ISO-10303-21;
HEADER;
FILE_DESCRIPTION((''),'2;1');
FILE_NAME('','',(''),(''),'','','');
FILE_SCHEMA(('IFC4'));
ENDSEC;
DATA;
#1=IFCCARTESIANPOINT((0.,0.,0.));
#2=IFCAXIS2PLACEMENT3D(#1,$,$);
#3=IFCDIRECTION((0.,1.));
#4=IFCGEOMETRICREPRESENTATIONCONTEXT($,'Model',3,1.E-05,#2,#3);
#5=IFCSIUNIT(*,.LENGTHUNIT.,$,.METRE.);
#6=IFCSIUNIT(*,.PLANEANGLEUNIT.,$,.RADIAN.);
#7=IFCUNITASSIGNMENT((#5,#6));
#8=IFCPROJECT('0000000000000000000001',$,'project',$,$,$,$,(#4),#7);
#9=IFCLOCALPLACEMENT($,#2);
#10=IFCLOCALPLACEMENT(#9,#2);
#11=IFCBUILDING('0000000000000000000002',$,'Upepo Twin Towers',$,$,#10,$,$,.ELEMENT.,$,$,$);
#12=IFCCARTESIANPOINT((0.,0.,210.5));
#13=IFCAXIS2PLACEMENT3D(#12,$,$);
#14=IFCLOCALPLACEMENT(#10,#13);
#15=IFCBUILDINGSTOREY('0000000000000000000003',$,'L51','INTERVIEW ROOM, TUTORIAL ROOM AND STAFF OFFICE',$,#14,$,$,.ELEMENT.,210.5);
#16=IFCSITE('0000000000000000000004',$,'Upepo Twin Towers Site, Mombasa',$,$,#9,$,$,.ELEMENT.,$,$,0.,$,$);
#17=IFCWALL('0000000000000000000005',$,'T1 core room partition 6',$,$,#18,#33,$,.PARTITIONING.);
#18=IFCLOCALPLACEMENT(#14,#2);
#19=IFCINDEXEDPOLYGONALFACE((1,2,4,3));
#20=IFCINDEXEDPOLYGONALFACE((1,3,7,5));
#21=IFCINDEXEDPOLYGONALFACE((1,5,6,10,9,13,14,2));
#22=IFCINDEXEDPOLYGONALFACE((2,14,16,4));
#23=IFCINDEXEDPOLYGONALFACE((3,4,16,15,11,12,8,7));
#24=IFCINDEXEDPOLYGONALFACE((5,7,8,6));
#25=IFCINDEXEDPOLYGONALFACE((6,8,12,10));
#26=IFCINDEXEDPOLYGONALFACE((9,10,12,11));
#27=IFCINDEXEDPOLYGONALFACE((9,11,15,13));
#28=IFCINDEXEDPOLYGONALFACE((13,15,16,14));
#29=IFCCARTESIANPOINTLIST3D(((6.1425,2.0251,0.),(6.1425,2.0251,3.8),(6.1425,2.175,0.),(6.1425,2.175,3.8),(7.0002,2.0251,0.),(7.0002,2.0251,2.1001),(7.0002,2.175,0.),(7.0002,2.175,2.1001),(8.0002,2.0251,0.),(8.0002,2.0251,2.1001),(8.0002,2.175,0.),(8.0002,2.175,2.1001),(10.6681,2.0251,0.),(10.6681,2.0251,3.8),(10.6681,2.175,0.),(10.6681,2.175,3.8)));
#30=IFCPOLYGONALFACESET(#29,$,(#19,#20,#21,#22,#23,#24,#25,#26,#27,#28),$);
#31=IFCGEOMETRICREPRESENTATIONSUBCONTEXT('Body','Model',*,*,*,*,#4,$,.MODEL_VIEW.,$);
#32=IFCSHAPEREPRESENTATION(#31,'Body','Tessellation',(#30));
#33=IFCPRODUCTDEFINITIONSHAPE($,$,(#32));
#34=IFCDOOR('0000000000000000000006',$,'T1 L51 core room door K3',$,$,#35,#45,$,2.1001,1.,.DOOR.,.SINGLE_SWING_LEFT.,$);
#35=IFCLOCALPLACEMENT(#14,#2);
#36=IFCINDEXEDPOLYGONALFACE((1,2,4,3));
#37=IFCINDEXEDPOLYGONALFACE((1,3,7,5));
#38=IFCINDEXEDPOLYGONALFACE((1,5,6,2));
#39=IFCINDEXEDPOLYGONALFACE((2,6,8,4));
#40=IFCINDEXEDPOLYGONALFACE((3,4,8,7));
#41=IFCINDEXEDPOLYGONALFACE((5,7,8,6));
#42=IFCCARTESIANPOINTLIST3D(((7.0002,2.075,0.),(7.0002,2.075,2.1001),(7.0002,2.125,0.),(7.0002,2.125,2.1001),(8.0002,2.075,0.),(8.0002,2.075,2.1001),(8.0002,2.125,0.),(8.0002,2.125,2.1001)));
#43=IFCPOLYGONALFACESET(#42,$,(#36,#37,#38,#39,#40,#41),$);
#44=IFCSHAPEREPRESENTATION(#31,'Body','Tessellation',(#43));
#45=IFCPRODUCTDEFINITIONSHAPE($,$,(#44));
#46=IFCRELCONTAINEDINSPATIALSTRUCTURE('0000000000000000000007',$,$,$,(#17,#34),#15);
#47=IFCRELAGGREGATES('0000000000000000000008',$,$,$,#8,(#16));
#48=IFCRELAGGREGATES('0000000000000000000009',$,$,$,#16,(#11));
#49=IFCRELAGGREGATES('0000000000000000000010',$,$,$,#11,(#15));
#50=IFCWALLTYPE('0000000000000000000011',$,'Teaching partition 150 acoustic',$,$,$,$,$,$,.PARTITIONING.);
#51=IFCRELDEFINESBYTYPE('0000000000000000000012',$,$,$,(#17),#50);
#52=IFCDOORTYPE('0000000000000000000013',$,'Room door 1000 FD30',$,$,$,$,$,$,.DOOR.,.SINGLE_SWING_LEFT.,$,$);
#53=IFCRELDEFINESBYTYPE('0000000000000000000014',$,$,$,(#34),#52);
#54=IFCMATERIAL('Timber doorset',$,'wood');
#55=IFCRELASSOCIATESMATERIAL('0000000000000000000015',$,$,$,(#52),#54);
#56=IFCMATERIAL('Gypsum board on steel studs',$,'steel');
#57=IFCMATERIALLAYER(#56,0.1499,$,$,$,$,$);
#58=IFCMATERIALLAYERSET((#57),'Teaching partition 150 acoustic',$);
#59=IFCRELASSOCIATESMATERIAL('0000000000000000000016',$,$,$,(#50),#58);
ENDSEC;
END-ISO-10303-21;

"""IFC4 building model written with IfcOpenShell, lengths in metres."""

from ifc_helpers import new_model, si_unit, direction, frame, frame_2d, origin, place, context, subcontext, project, spatial, rectangle, extrude, material, layer, layer_set, type_object, element, fill, save


model = new_model("IFC4")

# Units and contexts
model_context = context("Model", 3, precision=1e-05, world=origin(), true_north=direction((0.0, 1.0)))
body_context = subcontext(model_context, "Body", "Model", "MODEL_VIEW")
ifc_project = project(units=[si_unit("LENGTHUNIT", "METRE"), si_unit("PLANEANGLEUNIT", "RADIAN")], contexts=[model_context])

# Site, building, storey
site_placement = place(None, origin())
site = spatial("IfcSite", under=ifc_project, at=site_placement, Name="Upepo Twin Towers Site, Mombasa", CompositionType="ELEMENT", RefElevation=0.0)
building_placement = place(site_placement, origin())
building = spatial("IfcBuilding", under=site, at=building_placement, Name="Upepo Twin Towers", CompositionType="ELEMENT")
storey_placement = place(building_placement, frame((0.0, 0.0, 210.5)))
storey = spatial("IfcBuildingStorey", under=building, at=storey_placement, Name="L51", Description="INTERVIEW ROOM, TUTORIAL ROOM AND STAFF OFFICE", CompositionType="ELEMENT", Elevation=210.5)

# Shared definitions
ifc_material_1 = material(Name="Timber doorset", Category="wood")
door_type_1 = type_object("IfcDoorType", Name="Room door 1000 FD30", OperationType="SINGLE_SWING_LEFT", PredefinedType="DOOR", material=ifc_material_1)

# Shared definitions
ifc_material_2 = material(Name="Gypsum board on steel studs", Category="steel")
ifc_layer_1 = layer(ifc_material_2, 0.1499)
ifc_layer_set_1 = layer_set([ifc_layer_1], Name="Teaching partition 150 acoustic")
wall_type_1 = type_object("IfcWallType", Name="Teaching partition 150 acoustic", PredefinedType="PARTITIONING", material=ifc_layer_set_1)

# Wall, opening, door
wall_1_placement = place(storey_placement, frame((6.1426, 2.1001, 0.0), z_axis=(0.0, 0.0, 1.0), x_axis=(1.0, 0.0, 0.0)))
wall_1 = element("IfcWall", 1, at=wall_1_placement, inside=storey, type_object=wall_type_1, Name="T1 core room partition 6", PredefinedType="PARTITIONING", context=body_context, shape_type="SweptSolid", body=[
    extrude(rectangle(XDim=4.5256, YDim=0.1499, at=frame_2d((2.2627, 0.0))), origin(), (0.0, 0.0, 1.0), 3.8),
])
opening_1_placement = place(wall_1_placement, frame((0.8577, 0.0, 0.0)))
opening_1 = element("IfcOpeningElement", 2, at=opening_1_placement, cuts=wall_1, PredefinedType="OPENING", context=body_context, shape_type="SweptSolid", body=[
    extrude(rectangle(XDim=1.0, YDim=2.1001, at=frame_2d((0.5, 1.05))), frame((0.0, 0.085, 0.0), z_axis=(0.0, -1.0, 0.0), x_axis=(1.0, 0.0, 0.0)), (0.0, 0.0, 1.0), 0.1699),
])
door_1_placement = place(opening_1_placement, origin())
door_1 = element("IfcDoor", 3, at=door_1_placement, inside=storey, type_object=door_type_1, Name="T1 L51 core room door K3", OperationType="SINGLE_SWING_LEFT", OverallHeight=2.1001, OverallWidth=1.0, PredefinedType="DOOR", context=body_context, shape_type="SweptSolid", body=[
    extrude(rectangle(XDim=1.0, YDim=2.1001, at=frame_2d((0.5, 1.05))), frame((0.0, 0.0249, 0.0), z_axis=(0.0, -1.0, 0.0), x_axis=(1.0, 0.0, 0.0)), (0.0, 0.0, 1.0), 0.05),
])
fill(opening_1, door_1)

save(model, "model.ifc")
